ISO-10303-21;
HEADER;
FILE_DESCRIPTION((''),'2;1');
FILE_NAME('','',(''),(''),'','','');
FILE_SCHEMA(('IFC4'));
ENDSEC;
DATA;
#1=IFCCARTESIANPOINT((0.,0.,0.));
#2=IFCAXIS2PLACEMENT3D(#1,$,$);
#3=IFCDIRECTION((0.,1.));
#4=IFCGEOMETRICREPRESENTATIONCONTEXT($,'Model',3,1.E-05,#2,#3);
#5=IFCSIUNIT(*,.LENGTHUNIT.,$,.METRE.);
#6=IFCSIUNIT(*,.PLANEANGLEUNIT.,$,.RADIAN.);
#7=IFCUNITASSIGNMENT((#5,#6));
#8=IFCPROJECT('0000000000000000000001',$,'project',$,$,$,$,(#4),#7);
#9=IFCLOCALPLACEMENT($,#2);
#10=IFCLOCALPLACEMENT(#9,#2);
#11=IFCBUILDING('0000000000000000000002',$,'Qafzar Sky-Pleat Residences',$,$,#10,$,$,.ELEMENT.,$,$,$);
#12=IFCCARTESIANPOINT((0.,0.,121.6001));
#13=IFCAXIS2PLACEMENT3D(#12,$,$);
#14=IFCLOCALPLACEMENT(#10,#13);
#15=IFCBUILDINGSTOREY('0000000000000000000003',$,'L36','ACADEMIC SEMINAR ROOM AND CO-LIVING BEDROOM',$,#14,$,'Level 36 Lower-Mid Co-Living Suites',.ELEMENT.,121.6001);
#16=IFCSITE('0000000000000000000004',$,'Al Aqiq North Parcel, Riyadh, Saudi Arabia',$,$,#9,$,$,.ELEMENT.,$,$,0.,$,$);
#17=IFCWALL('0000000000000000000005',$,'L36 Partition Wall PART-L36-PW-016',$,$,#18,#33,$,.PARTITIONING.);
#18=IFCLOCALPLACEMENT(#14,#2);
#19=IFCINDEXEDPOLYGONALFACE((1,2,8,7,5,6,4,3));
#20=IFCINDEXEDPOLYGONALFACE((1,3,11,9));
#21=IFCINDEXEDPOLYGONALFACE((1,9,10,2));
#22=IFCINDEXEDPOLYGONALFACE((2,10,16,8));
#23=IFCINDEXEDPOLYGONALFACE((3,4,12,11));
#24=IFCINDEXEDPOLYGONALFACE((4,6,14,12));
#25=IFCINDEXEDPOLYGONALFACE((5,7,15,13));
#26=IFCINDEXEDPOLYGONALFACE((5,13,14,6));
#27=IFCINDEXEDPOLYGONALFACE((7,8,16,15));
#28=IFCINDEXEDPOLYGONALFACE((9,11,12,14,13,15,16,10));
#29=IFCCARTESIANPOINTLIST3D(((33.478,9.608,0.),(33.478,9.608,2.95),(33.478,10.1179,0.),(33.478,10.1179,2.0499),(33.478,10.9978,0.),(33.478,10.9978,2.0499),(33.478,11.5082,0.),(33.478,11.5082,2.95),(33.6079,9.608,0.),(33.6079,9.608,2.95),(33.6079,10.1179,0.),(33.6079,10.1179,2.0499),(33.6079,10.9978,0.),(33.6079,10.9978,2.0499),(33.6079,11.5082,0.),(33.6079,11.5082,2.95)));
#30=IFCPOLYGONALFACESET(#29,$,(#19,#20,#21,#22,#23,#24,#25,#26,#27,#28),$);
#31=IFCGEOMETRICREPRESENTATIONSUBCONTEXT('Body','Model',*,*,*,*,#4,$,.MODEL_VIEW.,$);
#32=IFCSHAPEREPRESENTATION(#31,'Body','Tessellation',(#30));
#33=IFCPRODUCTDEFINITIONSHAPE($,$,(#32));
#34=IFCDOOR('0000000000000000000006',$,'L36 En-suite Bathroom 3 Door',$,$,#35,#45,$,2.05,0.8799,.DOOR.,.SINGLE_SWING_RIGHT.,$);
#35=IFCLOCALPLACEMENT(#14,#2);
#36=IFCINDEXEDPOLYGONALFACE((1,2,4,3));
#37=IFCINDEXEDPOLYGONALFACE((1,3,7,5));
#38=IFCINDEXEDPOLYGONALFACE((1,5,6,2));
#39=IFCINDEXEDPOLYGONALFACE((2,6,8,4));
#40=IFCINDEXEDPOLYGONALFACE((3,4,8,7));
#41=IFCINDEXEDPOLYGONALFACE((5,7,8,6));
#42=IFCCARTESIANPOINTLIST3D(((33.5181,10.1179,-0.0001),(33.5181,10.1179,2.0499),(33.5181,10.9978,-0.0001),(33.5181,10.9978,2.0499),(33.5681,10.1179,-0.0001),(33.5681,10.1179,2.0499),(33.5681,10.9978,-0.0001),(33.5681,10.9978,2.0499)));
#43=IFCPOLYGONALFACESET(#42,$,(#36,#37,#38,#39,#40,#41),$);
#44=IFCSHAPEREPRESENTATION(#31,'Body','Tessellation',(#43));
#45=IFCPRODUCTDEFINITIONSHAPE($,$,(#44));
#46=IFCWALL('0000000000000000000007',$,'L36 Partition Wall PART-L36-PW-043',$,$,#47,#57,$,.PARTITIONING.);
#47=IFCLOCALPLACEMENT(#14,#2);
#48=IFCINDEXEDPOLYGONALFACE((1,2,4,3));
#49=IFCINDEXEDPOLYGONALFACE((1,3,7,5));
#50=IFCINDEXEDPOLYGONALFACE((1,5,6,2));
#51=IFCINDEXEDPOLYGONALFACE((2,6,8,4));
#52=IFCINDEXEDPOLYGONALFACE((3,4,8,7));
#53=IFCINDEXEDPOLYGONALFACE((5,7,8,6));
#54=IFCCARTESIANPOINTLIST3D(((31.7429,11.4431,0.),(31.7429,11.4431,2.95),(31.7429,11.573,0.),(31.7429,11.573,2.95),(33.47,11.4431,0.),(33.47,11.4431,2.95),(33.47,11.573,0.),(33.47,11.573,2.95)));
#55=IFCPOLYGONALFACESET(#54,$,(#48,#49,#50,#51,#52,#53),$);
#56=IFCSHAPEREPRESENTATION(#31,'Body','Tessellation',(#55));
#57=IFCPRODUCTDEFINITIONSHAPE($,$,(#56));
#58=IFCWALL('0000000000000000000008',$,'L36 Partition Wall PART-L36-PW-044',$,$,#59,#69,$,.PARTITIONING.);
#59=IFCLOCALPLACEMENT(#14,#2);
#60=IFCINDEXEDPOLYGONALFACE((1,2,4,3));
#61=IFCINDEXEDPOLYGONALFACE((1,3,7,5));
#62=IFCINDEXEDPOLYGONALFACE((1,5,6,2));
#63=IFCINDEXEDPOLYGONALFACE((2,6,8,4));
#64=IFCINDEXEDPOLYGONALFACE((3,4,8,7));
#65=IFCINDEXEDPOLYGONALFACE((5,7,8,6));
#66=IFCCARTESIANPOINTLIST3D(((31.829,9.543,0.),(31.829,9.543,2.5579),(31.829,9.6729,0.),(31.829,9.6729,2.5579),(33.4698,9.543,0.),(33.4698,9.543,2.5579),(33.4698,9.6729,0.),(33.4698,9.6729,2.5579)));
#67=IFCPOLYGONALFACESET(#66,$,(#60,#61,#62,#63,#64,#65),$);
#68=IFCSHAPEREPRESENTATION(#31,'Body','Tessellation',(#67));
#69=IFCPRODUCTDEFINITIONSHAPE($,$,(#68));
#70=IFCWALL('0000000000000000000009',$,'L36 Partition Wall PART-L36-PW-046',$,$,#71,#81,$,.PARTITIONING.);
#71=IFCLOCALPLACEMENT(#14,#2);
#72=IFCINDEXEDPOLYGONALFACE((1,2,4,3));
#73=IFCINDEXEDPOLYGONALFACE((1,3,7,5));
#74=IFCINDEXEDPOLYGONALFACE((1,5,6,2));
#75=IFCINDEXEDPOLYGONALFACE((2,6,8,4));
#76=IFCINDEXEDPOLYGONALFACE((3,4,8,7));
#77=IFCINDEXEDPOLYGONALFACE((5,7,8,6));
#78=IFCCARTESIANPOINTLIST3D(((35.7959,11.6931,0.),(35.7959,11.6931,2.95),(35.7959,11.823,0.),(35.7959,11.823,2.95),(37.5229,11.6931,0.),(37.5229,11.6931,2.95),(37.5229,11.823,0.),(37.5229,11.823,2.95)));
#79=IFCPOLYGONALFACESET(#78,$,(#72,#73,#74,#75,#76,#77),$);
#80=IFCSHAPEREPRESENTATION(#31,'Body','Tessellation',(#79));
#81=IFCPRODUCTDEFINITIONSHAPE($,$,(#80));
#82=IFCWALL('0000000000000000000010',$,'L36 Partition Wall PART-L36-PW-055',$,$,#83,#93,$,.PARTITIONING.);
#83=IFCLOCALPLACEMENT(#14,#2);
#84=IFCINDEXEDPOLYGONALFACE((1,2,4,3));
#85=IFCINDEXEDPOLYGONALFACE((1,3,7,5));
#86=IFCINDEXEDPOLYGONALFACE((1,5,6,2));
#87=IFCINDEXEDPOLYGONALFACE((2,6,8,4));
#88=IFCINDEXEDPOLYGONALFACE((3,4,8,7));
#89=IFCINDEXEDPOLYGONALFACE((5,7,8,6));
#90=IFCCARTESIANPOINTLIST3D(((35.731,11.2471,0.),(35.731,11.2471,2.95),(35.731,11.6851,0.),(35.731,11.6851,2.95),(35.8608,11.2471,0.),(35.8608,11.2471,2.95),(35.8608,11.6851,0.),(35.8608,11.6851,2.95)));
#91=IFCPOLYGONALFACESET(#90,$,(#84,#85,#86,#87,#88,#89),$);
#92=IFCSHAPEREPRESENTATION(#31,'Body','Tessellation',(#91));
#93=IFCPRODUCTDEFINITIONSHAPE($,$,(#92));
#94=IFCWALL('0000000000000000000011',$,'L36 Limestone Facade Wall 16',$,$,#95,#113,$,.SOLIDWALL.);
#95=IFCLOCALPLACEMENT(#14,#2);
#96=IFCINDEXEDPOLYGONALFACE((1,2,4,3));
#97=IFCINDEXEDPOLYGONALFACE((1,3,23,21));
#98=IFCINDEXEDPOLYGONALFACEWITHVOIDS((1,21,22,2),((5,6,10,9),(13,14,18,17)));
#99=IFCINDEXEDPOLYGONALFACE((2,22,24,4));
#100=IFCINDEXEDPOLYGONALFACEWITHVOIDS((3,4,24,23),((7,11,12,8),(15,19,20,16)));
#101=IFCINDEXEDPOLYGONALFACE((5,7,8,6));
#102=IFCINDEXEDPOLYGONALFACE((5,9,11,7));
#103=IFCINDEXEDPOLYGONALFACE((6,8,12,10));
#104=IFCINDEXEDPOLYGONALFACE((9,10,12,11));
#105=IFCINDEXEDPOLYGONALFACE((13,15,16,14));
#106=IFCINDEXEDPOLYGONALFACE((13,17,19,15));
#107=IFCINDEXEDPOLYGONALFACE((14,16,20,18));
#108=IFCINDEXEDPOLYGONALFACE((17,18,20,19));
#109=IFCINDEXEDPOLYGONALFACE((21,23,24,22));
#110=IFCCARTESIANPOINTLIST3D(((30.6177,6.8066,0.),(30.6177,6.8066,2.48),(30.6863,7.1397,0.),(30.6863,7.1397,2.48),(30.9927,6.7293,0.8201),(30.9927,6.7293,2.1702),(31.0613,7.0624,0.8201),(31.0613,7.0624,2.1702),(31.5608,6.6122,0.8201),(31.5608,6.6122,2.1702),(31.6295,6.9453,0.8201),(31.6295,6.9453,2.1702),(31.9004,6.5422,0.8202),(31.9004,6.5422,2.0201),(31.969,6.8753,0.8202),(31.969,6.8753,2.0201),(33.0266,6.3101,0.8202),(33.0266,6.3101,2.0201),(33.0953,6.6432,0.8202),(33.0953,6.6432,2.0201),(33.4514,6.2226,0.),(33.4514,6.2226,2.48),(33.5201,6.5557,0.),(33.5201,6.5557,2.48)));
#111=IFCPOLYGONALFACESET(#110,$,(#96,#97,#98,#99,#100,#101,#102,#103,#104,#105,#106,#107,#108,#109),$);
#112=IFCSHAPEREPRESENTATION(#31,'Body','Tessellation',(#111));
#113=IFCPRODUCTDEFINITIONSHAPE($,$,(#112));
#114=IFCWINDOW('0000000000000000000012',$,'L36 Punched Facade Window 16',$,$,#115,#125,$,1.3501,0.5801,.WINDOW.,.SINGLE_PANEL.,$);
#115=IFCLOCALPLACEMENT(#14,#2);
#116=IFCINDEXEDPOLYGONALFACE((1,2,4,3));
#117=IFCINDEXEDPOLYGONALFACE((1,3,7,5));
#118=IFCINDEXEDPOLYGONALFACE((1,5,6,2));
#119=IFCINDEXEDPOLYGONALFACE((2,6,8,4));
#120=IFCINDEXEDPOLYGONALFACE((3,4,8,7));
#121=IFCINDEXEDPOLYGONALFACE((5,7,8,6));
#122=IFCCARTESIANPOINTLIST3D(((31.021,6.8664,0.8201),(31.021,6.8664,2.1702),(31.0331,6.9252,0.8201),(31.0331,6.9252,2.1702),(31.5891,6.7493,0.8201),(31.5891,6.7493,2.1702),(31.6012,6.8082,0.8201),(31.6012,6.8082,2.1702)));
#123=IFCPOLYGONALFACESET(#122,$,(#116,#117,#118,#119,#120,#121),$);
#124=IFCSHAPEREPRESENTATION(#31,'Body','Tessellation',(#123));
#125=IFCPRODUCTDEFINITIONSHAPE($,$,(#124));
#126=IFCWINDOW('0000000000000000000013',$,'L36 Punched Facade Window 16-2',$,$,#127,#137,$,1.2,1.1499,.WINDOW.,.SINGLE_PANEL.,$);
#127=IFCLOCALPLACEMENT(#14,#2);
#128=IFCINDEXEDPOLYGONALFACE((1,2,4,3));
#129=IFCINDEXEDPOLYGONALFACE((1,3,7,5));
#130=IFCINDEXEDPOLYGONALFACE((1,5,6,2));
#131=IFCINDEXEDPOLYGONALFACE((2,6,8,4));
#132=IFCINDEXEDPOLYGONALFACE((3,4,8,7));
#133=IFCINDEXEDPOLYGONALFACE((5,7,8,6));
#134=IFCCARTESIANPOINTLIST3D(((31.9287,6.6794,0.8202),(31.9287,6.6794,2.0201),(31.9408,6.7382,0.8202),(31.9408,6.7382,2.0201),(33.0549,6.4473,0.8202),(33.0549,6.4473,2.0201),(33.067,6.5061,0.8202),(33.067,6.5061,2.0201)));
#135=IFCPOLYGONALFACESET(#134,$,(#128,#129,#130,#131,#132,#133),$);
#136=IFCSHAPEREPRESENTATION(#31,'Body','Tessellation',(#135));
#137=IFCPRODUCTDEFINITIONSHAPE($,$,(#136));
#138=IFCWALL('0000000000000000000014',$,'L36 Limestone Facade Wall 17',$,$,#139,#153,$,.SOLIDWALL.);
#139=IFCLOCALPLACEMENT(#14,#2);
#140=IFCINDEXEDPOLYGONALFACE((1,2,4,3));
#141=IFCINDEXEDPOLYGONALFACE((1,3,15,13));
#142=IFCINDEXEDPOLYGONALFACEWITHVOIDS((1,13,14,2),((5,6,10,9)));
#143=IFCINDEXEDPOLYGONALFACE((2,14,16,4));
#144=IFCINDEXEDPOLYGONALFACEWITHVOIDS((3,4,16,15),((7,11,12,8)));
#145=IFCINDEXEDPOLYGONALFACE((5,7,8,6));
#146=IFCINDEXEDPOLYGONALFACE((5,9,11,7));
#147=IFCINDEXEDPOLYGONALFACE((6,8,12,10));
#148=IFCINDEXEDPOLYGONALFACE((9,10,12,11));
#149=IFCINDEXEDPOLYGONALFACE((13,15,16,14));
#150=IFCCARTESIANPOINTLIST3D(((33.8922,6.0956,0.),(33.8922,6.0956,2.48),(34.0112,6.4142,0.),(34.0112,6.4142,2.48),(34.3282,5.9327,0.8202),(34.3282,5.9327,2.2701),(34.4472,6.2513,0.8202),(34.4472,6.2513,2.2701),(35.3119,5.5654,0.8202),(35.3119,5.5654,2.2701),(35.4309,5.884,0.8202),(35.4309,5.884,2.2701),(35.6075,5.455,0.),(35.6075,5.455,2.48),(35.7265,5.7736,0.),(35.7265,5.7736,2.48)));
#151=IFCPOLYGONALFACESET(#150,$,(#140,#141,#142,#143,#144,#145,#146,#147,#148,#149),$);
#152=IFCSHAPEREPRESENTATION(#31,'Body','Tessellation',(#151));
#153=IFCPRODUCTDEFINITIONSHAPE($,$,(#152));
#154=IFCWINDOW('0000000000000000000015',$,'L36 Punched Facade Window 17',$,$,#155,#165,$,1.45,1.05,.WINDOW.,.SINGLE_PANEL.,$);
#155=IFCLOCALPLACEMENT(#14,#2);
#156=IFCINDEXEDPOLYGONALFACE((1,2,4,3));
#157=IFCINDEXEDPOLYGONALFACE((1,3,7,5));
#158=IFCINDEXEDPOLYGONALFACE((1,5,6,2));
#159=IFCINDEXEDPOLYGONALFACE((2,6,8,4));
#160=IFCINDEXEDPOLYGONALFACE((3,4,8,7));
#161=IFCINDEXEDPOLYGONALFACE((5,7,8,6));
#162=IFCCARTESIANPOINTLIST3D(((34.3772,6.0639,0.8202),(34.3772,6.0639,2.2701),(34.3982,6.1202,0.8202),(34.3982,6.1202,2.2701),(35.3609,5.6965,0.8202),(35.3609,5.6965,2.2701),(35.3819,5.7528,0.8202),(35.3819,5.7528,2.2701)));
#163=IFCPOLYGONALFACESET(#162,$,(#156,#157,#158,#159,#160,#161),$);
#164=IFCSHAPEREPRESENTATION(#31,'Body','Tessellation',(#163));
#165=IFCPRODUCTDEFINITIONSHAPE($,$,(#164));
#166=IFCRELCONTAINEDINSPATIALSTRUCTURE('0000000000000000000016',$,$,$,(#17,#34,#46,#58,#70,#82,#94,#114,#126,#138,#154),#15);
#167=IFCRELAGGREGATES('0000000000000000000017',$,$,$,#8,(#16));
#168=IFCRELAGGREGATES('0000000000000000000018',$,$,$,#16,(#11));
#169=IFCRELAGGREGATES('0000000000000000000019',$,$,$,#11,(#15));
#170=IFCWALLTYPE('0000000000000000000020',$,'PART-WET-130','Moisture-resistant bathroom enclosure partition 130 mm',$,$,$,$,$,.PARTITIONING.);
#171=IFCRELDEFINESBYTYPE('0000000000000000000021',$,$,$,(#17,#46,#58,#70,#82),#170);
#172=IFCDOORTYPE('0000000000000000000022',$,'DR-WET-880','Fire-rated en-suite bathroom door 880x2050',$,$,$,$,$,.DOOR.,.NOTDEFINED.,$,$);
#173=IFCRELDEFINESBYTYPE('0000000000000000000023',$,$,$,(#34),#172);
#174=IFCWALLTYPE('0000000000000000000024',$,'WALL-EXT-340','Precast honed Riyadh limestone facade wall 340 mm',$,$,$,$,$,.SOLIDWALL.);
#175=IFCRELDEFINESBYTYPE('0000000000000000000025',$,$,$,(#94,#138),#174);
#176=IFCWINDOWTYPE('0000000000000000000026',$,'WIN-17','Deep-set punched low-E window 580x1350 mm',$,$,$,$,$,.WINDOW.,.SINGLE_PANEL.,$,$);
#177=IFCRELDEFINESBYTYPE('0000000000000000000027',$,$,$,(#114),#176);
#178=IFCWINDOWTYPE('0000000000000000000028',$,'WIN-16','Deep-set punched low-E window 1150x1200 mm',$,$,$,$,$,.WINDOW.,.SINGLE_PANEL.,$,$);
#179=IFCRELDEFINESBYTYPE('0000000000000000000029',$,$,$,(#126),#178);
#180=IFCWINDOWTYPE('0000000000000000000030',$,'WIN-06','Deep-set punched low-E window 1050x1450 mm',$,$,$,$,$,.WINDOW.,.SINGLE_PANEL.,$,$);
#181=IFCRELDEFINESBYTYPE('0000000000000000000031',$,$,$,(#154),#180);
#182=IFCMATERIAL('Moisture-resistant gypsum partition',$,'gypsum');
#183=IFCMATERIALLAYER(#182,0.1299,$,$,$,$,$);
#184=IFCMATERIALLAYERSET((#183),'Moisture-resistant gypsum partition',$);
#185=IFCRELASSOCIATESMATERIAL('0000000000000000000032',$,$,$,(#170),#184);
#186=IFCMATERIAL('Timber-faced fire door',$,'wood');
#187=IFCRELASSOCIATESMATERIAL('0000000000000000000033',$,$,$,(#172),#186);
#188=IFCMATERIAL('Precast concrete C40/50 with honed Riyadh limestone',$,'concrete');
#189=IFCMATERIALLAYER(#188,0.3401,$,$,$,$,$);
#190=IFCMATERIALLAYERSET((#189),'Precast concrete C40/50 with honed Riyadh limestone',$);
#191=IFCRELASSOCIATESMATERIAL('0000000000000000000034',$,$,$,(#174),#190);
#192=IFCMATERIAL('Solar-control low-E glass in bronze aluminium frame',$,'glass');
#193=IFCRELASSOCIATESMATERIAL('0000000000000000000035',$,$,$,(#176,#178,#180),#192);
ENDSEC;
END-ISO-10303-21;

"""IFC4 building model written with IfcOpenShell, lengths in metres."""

from ifc_helpers import new_model, si_unit, direction, frame, frame_2d, origin, place, context, subcontext, project, spatial, rectangle, extrude, source, transform, mapped, material, layer, layer_set, type_object, element, fill, save


model = new_model("IFC4")

# Units and contexts
model_context = context("Model", 3, precision=1e-05, world=origin(), true_north=direction((0.0, 1.0)))
body_context = subcontext(model_context, "Body", "Model", "MODEL_VIEW")
ifc_project = project(units=[si_unit("LENGTHUNIT", "METRE"), si_unit("PLANEANGLEUNIT", "RADIAN")], contexts=[model_context])

# Site, building, storey
site_placement = place(None, origin())
site = spatial("IfcSite", under=ifc_project, at=site_placement, Name="Al Aqiq North Parcel, Riyadh, Saudi Arabia", CompositionType="ELEMENT", RefElevation=0.0)
building_placement = place(site_placement, origin())
building = spatial("IfcBuilding", under=site, at=building_placement, Name="Qafzar Sky-Pleat Residences", CompositionType="ELEMENT")
storey_placement = place(building_placement, frame((0.0, 0.0, 121.6001)))
storey = spatial("IfcBuildingStorey", under=building, at=storey_placement, Name="L36", Description="ACADEMIC SEMINAR ROOM AND CO-LIVING BEDROOM", LongName="Level 36 Lower-Mid Co-Living Suites", CompositionType="ELEMENT", Elevation=121.6001)

# Wall, opening, door
ifc_material_1 = material(Name="Moisture-resistant gypsum partition", Category="gypsum")
ifc_layer_1 = layer(ifc_material_1, 0.1299)
ifc_layer_set_1 = layer_set([ifc_layer_1], Name="Moisture-resistant gypsum partition")
wall_type_1 = type_object("IfcWallType", Name="PART-WET-130", Description="Moisture-resistant bathroom enclosure partition 130 mm", PredefinedType="PARTITIONING", material=ifc_layer_set_1)
wall_1_placement = place(storey_placement, frame((33.543, 9.6079, 0.0), z_axis=(0.0, 0.0, 1.0), x_axis=(0.0, 1.0, 0.0)))
wall_1 = element("IfcWall", 1, at=wall_1_placement, inside=storey, type_object=wall_type_1, Name="L36 Partition Wall PART-L36-PW-016", PredefinedType="PARTITIONING", context=body_context, shape_type="SweptSolid", body=[
    extrude(rectangle(XDim=1.9001, YDim=0.1299, at=frame_2d((0.9502, 0.0))), origin(), (0.0, 0.0, 1.0), 2.95),
])
opening_1_placement = place(wall_1_placement, frame((0.51, 0.0, 0.0)))
opening_1 = element("IfcOpeningElement", 2, at=opening_1_placement, cuts=wall_1, PredefinedType="OPENING", context=body_context, shape_type="SweptSolid", body=[
    extrude(rectangle(XDim=0.8799, YDim=2.05, at=frame_2d((0.4399, 1.0249))), frame((0.0, 0.075, 0.0), z_axis=(0.0, -1.0, 0.0), x_axis=(1.0, 0.0, 0.0)), (0.0, 0.0, 1.0), 0.1499),
])
ifc_material_2 = material(Name="Timber-faced fire door", Category="wood")
door_type = type_object("IfcDoorType", Name="DR-WET-880", Description="Fire-rated en-suite bathroom door 880x2050", OperationType="NOTDEFINED", PredefinedType="DOOR", material=ifc_material_2)
shared_shape_1 = source(origin(), body_context, "Body", "SweptSolid", [
    extrude(rectangle(XDim=0.8799, YDim=2.05, at=frame_2d((0.4399, 1.0249))), frame((0.0, 0.0249, 0.0), z_axis=(0.0, -1.0, 0.0), x_axis=(1.0, 0.0, 0.0)), (0.0, 0.0, 1.0), 0.05),
])
door_placement = place(opening_1_placement, origin())
door = element("IfcDoor", 3, at=door_placement, inside=storey, type_object=door_type, Name="L36 En-suite Bathroom 3 Door", OperationType="SINGLE_SWING_RIGHT", OverallHeight=2.05, OverallWidth=0.8799, PredefinedType="DOOR", context=body_context, shape_type="MappedRepresentation", body=[
    mapped(shared_shape_1, transform((0.0, 0.0, 0.0), x_axis=(1.0, 0.0, 0.0), y_axis=(0.0, 1.0, 0.0), z_axis=(0.0, 0.0, 1.0), scale=1.0)),
])
fill(opening_1, door)

# Walls
wall_2_placement = place(storey_placement, frame((31.7429, 11.5081, 0.0), z_axis=(0.0, 0.0, 1.0), x_axis=(1.0, 0.0, 0.0)))
element("IfcWall", 4, at=wall_2_placement, inside=storey, type_object=wall_type_1, Name="L36 Partition Wall PART-L36-PW-043", PredefinedType="PARTITIONING", context=body_context, shape_type="SweptSolid", body=[
    extrude(rectangle(XDim=1.7271, YDim=0.1299, at=frame_2d((0.8635, 0.0))), origin(), (0.0, 0.0, 1.0), 2.95),
])
wall_3_placement = place(storey_placement, frame((31.8291, 9.6079, 0.0), z_axis=(0.0, 0.0, 1.0), x_axis=(1.0, 0.0, 0.0)))
element("IfcWall", 5, at=wall_3_placement, inside=storey, type_object=wall_type_1, Name="L36 Partition Wall PART-L36-PW-044", PredefinedType="PARTITIONING", context=body_context, shape_type="SweptSolid", body=[
    extrude(rectangle(XDim=1.6409, YDim=0.1299, at=frame_2d((0.8203, 0.0))), origin(), (0.0, 0.0, 1.0), 2.5579),
])
wall_4_placement = place(storey_placement, frame((35.7959, 11.7581, 0.0), z_axis=(0.0, 0.0, 1.0), x_axis=(1.0, 0.0, 0.0)))
element("IfcWall", 6, at=wall_4_placement, inside=storey, type_object=wall_type_1, Name="L36 Partition Wall PART-L36-PW-046", PredefinedType="PARTITIONING", context=body_context, shape_type="SweptSolid", body=[
    extrude(rectangle(XDim=1.7271, YDim=0.1299, at=frame_2d((0.8635, 0.0))), origin(), (0.0, 0.0, 1.0), 2.95),
])
wall_5_placement = place(storey_placement, frame((35.7959, 11.2471, 0.0), z_axis=(0.0, 0.0, 1.0), x_axis=(0.0, 1.0, 0.0)))
element("IfcWall", 7, at=wall_5_placement, inside=storey, type_object=wall_type_1, Name="L36 Partition Wall PART-L36-PW-055", PredefinedType="PARTITIONING", context=body_context, shape_type="SweptSolid", body=[
    extrude(rectangle(XDim=0.438, YDim=0.1299, at=frame_2d((0.219, 0.0))), origin(), (0.0, 0.0, 1.0), 2.95),
])

# Wall, openings, windows
ifc_material_3 = material(Name="Precast concrete C40/50 with honed Riyadh limestone", Category="concrete")
ifc_layer_2 = layer(ifc_material_3, 0.3401)
ifc_layer_set_2 = layer_set([ifc_layer_2], Name="Precast concrete C40/50 with honed Riyadh limestone")
wall_type_2 = type_object("IfcWallType", Name="WALL-EXT-340", Description="Precast honed Riyadh limestone facade wall 340 mm", PredefinedType="SOLIDWALL", material=ifc_layer_set_2)
wall_6_placement = place(storey_placement, frame((30.6519, 6.9731, 0.0), z_axis=(0.0, 0.0, 1.0), x_axis=(0.979418, -0.201841, 0.0)))
wall_6 = element("IfcWall", 8, at=wall_6_placement, inside=storey, type_object=wall_type_2, Name="L36 Limestone Facade Wall 16", PredefinedType="SOLIDWALL", context=body_context, shape_type="SweptSolid", body=[
    extrude(rectangle(XDim=2.8933, YDim=0.3401, at=frame_2d((1.4468, 0.0))), origin(), (0.0, 0.0, 1.0), 2.48),
])
opening_2_placement = place(wall_6_placement, frame((0.3831, 0.0, 0.8201)))
opening_2 = element("IfcOpeningElement", 9, at=opening_2_placement, cuts=wall_6, PredefinedType="OPENING", context=body_context, shape_type="SweptSolid", body=[
    extrude(rectangle(XDim=0.5801, YDim=1.3501, at=frame_2d((0.29, 0.675))), frame((0.0, 0.1802, 0.0), z_axis=(0.0, -1.0, 0.0), x_axis=(1.0, 0.0, 0.0)), (0.0, 0.0, 1.0), 0.3601),
])
opening_3_placement = place(wall_6_placement, frame((1.3098, 0.0, 0.8201)))
opening_3 = element("IfcOpeningElement", 10, at=opening_3_placement, cuts=wall_6, PredefinedType="OPENING", context=body_context, shape_type="SweptSolid", body=[
    extrude(rectangle(XDim=1.1499, YDim=1.2, at=frame_2d((0.575, 0.6001))), frame((0.0, 0.1802, 0.0), z_axis=(0.0, -1.0, 0.0), x_axis=(1.0, 0.0, 0.0)), (0.0, 0.0, 1.0), 0.3601),
])
ifc_material_4 = material(Name="Solar-control low-E glass in bronze aluminium frame", Category="glass")
window_type_1 = type_object("IfcWindowType", Name="WIN-17", Description="Deep-set punched low-E window 580x1350 mm", PartitioningType="SINGLE_PANEL", PredefinedType="WINDOW", material=ifc_material_4)
shared_shape_2 = source(origin(), body_context, "Body", "SweptSolid", [
    extrude(rectangle(XDim=0.5801, YDim=1.3501, at=frame_2d((0.29, 0.675))), frame((0.0, 0.03, 0.0), z_axis=(0.0, -1.0, 0.0), x_axis=(1.0, 0.0, 0.0)), (0.0, 0.0, 1.0), 0.0601),
])
window_1_placement = place(opening_2_placement, origin())
window_1 = element("IfcWindow", 11, at=window_1_placement, inside=storey, type_object=window_type_1, Name="L36 Punched Facade Window 16", OverallHeight=1.3501, OverallWidth=0.5801, PartitioningType="SINGLE_PANEL", PredefinedType="WINDOW", context=body_context, shape_type="MappedRepresentation", body=[
    mapped(shared_shape_2, transform((0.0, 0.0, 0.0), x_axis=(1.0, 0.0, 0.0), y_axis=(0.0, 1.0, 0.0), z_axis=(0.0, 0.0, 1.0), scale=1.0)),
])
fill(opening_2, window_1)
window_type_2 = type_object("IfcWindowType", Name="WIN-16", Description="Deep-set punched low-E window 1150x1200 mm", PartitioningType="SINGLE_PANEL", PredefinedType="WINDOW", material=ifc_material_4)
shared_shape_3 = source(origin(), body_context, "Body", "SweptSolid", [
    extrude(rectangle(XDim=1.1499, YDim=1.2, at=frame_2d((0.575, 0.6001))), frame((0.0, 0.03, 0.0), z_axis=(0.0, -1.0, 0.0), x_axis=(1.0, 0.0, 0.0)), (0.0, 0.0, 1.0), 0.0601),
])
window_2_placement = place(opening_3_placement, origin())
window_2 = element("IfcWindow", 12, at=window_2_placement, inside=storey, type_object=window_type_2, Name="L36 Punched Facade Window 16-2", OverallHeight=1.2, OverallWidth=1.1499, PartitioningType="SINGLE_PANEL", PredefinedType="WINDOW", context=body_context, shape_type="MappedRepresentation", body=[
    mapped(shared_shape_3, transform((0.0, 0.0, 0.0), x_axis=(1.0, 0.0, 0.0), y_axis=(0.0, 1.0, 0.0), z_axis=(0.0, 0.0, 1.0), scale=1.0)),
])
fill(opening_3, window_2)

# Wall, opening, window
wall_7_placement = place(storey_placement, frame((33.9517, 6.2549, 0.0), z_axis=(0.0, 0.0, 1.0), x_axis=(0.9368, -0.349867, 0.0)))
wall_7 = element("IfcWall", 13, at=wall_7_placement, inside=storey, type_object=wall_type_2, Name="L36 Limestone Facade Wall 17", PredefinedType="SOLIDWALL", context=body_context, shape_type="SweptSolid", body=[
    extrude(rectangle(XDim=1.8311, YDim=0.3401, at=frame_2d((0.9155, 0.0))), origin(), (0.0, 0.0, 1.0), 2.48),
])
opening_4_placement = place(wall_7_placement, frame((0.4656, 0.0, 0.8201)))
opening_4 = element("IfcOpeningElement", 14, at=opening_4_placement, cuts=wall_7, PredefinedType="OPENING", context=body_context, shape_type="SweptSolid", body=[
    extrude(rectangle(XDim=1.05, YDim=1.45, at=frame_2d((0.5249, 0.7251))), frame((0.0, 0.1802, 0.0), z_axis=(0.0, -1.0, 0.0), x_axis=(1.0, 0.0, 0.0)), (0.0, 0.0, 1.0), 0.3601),
])
window_type_3 = type_object("IfcWindowType", Name="WIN-06", Description="Deep-set punched low-E window 1050x1450 mm", PartitioningType="SINGLE_PANEL", PredefinedType="WINDOW", material=ifc_material_4)
shared_shape_4 = source(origin(), body_context, "Body", "SweptSolid", [
    extrude(rectangle(XDim=1.05, YDim=1.45, at=frame_2d((0.5249, 0.7251))), frame((0.0, 0.03, 0.0), z_axis=(0.0, -1.0, 0.0), x_axis=(1.0, 0.0, 0.0)), (0.0, 0.0, 1.0), 0.0601),
])
window_3_placement = place(opening_4_placement, origin())
window_3 = element("IfcWindow", 15, at=window_3_placement, inside=storey, type_object=window_type_3, Name="L36 Punched Facade Window 17", OverallHeight=1.45, OverallWidth=1.05, PartitioningType="SINGLE_PANEL", PredefinedType="WINDOW", context=body_context, shape_type="MappedRepresentation", body=[
    mapped(shared_shape_4, transform((0.0, 0.0, 0.0), x_axis=(1.0, 0.0, 0.0), y_axis=(0.0, 1.0, 0.0), z_axis=(0.0, 0.0, 1.0), scale=1.0)),
])
fill(opening_4, window_3)

save(model, "model.ifc")
